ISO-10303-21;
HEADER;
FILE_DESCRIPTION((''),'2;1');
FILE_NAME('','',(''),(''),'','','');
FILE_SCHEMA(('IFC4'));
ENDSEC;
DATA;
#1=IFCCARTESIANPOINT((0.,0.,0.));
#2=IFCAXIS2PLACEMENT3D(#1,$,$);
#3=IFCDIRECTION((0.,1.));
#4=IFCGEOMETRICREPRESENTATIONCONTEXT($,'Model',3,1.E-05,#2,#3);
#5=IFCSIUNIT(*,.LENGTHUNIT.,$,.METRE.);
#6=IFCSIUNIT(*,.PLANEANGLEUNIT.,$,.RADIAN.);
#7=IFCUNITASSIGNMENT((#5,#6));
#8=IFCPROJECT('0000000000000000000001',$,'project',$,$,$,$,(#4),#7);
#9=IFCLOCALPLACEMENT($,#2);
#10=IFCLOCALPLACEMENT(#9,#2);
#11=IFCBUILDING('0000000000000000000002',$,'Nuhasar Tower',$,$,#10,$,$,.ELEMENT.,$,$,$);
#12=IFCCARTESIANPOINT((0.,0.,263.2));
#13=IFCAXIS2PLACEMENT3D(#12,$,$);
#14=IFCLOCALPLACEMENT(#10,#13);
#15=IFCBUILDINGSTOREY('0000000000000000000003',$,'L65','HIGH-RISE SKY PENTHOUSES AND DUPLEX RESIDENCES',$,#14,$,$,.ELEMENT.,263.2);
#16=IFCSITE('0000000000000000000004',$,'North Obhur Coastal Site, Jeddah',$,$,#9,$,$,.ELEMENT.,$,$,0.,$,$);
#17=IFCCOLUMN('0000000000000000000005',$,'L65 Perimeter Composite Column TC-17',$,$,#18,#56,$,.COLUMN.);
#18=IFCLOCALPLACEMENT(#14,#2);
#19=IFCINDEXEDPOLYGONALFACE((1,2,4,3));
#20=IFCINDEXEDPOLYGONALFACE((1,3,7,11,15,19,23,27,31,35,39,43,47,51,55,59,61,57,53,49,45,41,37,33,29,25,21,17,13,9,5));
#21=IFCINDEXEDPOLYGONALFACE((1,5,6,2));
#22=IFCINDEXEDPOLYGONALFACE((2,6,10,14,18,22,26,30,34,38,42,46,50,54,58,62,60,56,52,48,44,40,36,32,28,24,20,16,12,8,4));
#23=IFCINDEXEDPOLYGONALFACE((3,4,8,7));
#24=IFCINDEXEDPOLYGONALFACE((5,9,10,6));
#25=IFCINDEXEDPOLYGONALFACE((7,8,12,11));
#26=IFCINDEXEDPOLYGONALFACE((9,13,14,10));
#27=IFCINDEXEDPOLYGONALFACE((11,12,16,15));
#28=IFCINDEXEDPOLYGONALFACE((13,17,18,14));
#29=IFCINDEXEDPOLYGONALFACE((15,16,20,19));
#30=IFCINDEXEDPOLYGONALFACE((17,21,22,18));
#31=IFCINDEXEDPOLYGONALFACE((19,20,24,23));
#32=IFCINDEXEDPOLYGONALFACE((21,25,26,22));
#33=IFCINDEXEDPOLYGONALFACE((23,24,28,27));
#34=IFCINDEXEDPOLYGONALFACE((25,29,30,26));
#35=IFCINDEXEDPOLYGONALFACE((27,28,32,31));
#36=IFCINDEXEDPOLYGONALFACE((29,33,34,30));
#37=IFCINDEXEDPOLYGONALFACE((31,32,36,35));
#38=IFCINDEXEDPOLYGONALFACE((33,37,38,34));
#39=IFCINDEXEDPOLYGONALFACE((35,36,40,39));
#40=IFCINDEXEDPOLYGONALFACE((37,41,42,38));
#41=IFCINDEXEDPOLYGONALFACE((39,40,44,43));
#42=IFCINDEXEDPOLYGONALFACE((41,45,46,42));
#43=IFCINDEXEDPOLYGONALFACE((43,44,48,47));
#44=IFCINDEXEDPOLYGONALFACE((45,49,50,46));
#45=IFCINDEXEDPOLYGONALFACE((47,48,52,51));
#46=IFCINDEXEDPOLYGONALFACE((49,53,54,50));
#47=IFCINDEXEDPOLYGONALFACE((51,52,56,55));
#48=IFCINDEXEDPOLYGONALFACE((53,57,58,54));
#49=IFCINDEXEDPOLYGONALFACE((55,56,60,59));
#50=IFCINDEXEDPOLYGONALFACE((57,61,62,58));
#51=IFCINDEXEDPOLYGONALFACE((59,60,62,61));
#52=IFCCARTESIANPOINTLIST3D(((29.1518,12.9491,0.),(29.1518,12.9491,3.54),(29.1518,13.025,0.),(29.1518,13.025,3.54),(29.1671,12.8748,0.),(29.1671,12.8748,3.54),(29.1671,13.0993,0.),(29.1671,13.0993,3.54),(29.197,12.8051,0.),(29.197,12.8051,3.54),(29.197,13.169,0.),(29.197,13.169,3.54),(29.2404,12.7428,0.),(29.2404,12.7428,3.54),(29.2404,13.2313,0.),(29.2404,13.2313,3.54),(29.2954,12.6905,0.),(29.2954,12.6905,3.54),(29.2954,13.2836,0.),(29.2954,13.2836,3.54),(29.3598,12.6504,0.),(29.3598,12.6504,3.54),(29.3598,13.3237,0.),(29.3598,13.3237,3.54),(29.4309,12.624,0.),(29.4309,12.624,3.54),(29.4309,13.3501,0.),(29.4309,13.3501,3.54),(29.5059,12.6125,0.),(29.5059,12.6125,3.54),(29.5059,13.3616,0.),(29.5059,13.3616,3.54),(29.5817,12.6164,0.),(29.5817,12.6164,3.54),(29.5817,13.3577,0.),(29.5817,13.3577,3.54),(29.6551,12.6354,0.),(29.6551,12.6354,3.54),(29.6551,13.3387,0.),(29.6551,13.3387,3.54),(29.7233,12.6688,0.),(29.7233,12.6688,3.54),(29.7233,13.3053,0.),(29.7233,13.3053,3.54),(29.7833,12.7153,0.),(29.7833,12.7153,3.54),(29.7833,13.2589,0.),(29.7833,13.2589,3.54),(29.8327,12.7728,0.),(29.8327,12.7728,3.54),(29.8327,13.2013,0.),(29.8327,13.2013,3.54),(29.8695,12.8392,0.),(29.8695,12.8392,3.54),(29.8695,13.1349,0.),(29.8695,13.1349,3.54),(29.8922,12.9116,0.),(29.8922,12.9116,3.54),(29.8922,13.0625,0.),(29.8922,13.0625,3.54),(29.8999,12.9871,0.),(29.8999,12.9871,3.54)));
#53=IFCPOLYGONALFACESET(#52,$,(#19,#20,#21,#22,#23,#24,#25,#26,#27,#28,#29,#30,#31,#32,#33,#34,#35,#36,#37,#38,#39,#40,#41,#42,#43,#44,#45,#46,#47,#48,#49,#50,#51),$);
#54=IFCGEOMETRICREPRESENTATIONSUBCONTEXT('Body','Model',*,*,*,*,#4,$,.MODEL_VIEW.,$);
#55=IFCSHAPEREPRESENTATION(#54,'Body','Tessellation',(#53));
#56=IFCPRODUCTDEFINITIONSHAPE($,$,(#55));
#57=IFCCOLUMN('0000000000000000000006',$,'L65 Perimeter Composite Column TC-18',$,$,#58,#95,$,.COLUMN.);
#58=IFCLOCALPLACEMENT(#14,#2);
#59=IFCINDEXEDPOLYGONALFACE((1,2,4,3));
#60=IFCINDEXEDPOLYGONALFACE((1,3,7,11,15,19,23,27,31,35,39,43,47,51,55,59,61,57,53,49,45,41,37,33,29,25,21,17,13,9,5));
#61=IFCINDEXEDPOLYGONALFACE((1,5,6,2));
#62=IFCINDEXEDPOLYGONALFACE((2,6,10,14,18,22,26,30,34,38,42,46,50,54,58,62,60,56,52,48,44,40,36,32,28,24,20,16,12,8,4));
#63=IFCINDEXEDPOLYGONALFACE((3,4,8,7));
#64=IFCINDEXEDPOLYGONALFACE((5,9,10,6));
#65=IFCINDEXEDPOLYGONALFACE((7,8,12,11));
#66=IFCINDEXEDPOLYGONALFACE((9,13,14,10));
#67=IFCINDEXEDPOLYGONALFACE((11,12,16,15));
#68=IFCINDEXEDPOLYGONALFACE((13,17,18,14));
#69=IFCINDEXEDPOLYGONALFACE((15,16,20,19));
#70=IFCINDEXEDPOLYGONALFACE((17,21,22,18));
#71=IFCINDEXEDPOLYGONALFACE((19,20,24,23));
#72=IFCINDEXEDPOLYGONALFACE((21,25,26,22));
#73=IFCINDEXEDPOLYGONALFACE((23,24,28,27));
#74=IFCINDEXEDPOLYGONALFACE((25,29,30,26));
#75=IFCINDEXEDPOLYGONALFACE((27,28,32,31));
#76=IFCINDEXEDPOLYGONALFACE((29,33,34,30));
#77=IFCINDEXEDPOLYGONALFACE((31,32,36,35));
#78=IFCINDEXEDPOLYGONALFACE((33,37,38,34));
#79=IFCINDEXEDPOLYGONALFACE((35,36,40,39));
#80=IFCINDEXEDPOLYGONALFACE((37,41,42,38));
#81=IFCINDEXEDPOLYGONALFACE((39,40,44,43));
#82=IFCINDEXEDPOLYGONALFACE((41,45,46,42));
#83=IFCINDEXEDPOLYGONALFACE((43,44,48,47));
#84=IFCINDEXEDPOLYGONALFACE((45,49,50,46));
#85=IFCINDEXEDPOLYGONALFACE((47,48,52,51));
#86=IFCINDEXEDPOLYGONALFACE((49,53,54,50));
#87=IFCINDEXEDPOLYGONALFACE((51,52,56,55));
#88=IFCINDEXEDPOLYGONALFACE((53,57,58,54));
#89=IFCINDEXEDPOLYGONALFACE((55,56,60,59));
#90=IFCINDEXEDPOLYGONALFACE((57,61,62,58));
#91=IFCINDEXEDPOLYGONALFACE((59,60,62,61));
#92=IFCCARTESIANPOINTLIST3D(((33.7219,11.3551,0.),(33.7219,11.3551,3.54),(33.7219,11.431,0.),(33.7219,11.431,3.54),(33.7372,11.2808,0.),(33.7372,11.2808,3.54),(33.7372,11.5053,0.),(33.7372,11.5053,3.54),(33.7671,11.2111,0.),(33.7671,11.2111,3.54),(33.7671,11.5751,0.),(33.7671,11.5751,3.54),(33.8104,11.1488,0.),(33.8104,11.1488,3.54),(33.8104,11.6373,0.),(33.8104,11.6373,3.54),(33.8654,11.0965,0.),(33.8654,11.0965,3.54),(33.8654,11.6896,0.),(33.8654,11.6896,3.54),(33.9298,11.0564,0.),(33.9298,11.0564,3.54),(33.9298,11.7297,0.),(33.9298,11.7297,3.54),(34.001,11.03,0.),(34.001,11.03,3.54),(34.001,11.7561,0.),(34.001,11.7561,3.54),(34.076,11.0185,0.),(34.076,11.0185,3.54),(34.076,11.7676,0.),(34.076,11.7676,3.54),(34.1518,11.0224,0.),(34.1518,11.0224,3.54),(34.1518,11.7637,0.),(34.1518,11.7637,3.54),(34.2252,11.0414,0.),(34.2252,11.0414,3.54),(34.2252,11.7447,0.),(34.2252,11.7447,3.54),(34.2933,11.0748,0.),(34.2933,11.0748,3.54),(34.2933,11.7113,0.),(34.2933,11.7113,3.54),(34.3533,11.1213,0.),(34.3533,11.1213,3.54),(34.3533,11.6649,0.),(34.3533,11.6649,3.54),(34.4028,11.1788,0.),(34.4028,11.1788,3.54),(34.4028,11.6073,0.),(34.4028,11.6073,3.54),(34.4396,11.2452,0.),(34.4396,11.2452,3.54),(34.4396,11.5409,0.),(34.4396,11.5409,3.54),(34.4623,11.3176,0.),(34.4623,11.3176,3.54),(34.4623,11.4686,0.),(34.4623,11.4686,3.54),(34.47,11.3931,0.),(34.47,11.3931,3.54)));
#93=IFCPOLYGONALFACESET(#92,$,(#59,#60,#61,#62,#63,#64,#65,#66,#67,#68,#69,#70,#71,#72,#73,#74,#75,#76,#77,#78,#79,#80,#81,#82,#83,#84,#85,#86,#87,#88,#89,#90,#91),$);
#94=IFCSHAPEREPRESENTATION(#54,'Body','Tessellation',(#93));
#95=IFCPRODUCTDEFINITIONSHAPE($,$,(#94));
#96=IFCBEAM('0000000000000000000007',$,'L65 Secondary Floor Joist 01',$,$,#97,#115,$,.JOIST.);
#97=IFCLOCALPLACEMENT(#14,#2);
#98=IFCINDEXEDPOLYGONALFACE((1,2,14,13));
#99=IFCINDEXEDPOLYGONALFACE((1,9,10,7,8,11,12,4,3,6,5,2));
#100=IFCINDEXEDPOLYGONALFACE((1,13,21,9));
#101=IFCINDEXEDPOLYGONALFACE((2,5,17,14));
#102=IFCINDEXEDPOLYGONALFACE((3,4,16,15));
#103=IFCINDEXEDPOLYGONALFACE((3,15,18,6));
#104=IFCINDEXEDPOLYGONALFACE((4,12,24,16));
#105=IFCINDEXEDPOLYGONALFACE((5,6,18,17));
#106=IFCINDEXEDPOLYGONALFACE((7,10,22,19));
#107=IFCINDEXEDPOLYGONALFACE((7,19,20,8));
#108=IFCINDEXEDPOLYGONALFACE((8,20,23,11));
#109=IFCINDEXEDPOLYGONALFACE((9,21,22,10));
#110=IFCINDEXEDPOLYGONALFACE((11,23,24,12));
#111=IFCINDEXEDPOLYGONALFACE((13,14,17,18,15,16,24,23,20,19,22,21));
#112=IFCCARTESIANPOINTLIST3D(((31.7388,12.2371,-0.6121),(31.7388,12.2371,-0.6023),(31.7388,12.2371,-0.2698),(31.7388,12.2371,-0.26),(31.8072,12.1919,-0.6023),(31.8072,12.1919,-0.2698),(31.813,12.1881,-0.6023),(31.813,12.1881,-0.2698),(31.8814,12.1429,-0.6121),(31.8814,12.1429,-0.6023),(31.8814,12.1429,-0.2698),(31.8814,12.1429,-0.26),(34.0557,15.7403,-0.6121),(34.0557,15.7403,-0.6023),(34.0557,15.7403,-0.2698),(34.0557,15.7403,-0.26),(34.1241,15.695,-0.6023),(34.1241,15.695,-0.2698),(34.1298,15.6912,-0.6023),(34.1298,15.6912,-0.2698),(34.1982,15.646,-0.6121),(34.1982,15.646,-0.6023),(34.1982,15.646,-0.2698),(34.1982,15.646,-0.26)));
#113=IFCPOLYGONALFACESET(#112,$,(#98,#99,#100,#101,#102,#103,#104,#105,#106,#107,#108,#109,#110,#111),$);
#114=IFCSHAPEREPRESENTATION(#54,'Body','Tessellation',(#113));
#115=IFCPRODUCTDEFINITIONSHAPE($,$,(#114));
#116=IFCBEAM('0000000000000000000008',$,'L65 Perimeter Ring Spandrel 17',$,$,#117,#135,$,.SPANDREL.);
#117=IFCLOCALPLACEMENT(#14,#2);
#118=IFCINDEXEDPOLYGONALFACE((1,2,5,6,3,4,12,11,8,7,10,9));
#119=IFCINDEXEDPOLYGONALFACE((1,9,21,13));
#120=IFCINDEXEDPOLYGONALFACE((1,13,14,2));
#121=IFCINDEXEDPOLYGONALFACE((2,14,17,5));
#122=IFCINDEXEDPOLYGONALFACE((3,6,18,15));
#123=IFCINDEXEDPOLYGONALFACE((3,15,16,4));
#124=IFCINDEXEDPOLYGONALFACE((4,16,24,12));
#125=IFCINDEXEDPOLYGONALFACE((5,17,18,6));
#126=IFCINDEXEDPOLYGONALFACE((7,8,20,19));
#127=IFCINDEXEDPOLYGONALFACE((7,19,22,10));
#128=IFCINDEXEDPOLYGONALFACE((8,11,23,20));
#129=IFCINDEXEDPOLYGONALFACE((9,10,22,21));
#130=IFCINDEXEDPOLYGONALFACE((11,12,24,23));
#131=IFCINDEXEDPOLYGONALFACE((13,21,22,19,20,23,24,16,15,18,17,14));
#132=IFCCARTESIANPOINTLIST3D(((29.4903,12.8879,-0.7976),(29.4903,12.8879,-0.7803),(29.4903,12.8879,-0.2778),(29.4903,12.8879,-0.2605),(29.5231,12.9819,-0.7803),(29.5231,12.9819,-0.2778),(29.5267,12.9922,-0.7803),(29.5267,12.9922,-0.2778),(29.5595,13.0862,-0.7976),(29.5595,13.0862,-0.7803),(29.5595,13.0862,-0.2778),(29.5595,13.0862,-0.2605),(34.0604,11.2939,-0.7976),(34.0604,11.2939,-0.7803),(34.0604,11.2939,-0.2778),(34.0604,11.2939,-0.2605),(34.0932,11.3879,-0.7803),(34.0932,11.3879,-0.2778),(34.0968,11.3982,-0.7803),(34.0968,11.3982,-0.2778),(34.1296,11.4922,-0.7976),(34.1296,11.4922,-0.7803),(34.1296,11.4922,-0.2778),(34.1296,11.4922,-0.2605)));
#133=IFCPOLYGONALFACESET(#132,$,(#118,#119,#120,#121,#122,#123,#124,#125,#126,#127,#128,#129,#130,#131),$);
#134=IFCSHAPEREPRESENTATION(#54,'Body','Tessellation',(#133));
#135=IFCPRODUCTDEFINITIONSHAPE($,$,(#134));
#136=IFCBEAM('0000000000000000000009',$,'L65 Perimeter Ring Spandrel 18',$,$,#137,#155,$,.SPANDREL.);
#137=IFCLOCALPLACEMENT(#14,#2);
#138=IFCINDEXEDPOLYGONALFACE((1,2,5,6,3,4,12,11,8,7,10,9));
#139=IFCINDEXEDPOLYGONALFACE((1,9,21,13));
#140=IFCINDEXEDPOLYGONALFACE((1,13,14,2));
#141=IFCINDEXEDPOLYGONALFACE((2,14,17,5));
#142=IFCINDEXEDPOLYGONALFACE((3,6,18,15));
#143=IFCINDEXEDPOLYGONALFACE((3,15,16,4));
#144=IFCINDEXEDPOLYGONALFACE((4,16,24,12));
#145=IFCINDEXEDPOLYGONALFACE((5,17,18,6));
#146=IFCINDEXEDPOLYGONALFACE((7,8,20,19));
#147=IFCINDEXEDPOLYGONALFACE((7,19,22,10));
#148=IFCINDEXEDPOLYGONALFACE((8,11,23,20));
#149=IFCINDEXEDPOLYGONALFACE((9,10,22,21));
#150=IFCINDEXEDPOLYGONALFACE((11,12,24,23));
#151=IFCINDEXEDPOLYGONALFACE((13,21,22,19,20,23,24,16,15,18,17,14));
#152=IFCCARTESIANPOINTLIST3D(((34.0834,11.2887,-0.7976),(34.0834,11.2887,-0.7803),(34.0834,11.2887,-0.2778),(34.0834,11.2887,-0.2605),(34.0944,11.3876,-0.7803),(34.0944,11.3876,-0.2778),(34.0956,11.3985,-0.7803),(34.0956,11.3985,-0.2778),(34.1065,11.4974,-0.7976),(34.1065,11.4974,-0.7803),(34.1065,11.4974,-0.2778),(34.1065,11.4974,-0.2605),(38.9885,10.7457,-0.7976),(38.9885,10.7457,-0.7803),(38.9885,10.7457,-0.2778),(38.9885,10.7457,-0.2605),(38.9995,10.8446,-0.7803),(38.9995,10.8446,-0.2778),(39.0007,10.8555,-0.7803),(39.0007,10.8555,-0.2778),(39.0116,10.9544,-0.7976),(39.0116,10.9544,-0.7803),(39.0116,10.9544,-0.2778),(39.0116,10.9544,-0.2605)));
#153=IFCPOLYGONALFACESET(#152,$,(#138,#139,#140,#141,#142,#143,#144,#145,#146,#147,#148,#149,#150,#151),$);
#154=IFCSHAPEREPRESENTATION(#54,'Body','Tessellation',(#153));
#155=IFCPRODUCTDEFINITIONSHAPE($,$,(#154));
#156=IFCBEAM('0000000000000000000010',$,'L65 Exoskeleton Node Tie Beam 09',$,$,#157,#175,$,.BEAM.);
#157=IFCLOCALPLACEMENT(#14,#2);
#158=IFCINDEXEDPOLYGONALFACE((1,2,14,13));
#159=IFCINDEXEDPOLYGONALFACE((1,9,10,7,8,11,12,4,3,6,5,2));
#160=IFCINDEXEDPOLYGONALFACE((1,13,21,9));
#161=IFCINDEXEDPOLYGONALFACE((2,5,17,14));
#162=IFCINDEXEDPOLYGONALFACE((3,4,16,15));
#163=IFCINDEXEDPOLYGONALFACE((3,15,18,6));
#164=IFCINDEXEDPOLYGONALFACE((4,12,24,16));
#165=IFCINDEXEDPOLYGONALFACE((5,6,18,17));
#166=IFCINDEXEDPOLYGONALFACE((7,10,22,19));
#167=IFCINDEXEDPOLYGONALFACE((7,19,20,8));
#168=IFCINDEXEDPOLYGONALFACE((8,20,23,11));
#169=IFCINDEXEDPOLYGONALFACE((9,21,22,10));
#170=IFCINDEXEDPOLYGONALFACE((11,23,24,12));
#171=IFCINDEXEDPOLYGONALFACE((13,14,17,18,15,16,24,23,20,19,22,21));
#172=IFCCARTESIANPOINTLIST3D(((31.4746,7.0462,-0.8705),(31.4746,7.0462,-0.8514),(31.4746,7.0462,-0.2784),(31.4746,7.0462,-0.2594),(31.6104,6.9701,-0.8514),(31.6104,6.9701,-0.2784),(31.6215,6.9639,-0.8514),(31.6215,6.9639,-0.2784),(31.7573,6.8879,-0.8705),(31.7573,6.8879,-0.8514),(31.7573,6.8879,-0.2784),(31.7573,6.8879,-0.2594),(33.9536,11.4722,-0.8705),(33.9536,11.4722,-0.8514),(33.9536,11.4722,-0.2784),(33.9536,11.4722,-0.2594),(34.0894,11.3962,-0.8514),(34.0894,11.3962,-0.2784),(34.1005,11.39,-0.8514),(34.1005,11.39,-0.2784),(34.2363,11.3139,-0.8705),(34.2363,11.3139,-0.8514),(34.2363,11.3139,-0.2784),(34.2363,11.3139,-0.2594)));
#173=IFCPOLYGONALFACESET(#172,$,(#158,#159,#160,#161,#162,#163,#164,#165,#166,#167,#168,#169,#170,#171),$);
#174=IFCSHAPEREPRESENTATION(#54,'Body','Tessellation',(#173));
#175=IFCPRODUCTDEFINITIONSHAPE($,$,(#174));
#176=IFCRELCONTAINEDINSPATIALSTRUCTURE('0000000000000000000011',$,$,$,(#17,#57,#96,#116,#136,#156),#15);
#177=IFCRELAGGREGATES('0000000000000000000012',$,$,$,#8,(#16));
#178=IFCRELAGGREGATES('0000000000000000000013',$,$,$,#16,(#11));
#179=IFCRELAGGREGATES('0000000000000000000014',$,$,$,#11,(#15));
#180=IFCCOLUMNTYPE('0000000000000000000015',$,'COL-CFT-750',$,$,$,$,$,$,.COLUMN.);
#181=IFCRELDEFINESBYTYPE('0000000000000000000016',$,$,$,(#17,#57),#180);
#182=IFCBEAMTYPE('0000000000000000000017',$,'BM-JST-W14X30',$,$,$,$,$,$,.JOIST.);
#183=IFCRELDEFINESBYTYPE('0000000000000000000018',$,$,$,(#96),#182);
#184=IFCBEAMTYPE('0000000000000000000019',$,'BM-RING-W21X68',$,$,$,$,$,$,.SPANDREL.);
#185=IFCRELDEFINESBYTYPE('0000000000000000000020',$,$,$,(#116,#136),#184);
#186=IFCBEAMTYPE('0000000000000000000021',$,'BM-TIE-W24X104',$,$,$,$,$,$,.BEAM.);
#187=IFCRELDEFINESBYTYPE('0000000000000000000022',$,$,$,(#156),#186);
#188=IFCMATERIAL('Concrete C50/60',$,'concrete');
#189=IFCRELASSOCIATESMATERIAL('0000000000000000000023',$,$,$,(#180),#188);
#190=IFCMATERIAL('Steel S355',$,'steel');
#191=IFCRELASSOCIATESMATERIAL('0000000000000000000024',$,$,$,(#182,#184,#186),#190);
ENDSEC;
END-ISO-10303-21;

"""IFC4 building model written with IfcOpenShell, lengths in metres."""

from ifc_helpers import new_model, si_unit, direction, frame, origin, origin_2d, place, context, subcontext, project, spatial, circle, i_section, extrude, material, material_profile, profile_set, type_object, element, save


model = new_model("IFC4")

# Units and contexts
model_context = context("Model", 3, precision=1e-05, world=origin(), true_north=direction((0.0, 1.0)))
body_context = subcontext(model_context, "Body", "Model", "MODEL_VIEW")
ifc_project = project(units=[si_unit("LENGTHUNIT", "METRE"), si_unit("PLANEANGLEUNIT", "RADIAN")], contexts=[model_context])

# Site, building, storey
site_placement = place(None, origin())
site = spatial("IfcSite", under=ifc_project, at=site_placement, Name="North Obhur Coastal Site, Jeddah", CompositionType="ELEMENT", RefElevation=0.0)
building_placement = place(site_placement, origin())
building = spatial("IfcBuilding", under=site, at=building_placement, Name="Nuhasar Tower", CompositionType="ELEMENT")
storey_placement = place(building_placement, frame((0.0, 0.0, 263.2)))
storey = spatial("IfcBuildingStorey", under=building, at=storey_placement, Name="L65", Description="HIGH-RISE SKY PENTHOUSES AND DUPLEX RESIDENCES", CompositionType="ELEMENT", Elevation=263.2)

# Columns
ifc_material_1 = material(Name="Concrete C50/60", Category="concrete")
ifc_material_profile_1 = material_profile(ifc_material_1, circle(Radius=0.375, at=origin_2d()), Name="CFT750")
ifc_profile_set_1 = profile_set([ifc_material_profile_1], Name="Concrete C50/60")
column_type = type_object("IfcColumnType", Name="COL-CFT-750", PredefinedType="COLUMN", material=ifc_profile_set_1)
for number, where, z_axis, x_axis, name in (
    (1, (29.5249, 12.9871, 0.0), (0.0, 0.0, 1.0), (1.0, 0.0, 0.0), "L65 Perimeter Composite Column TC-17"),
    (2, (34.095, 11.3931, 0.0), (0.0, 0.0, 1.0), (1.0, 0.0, 0.0), "L65 Perimeter Composite Column TC-18"),
):
    element("IfcColumn", number, at=place(storey_placement, frame(where, z_axis=z_axis, x_axis=x_axis)), inside=storey, type_object=column_type, Name=name, PredefinedType="COLUMN", context=body_context, shape_type="SweptSolid", body=[
        extrude(circle(Radius=0.375, at=origin_2d()), origin(), (0.0, 0.0, 1.0), 3.54),
    ])

# Beams
ifc_material_2 = material(Name="Steel S355", Category="steel")
ifc_material_profile_2 = material_profile(ifc_material_2, i_section(OverallWidth=0.1709, OverallDepth=0.3521, WebThickness=0.0068, FlangeThickness=0.0098, at=origin_2d()), Name="W14X30")
ifc_profile_set_2 = profile_set([ifc_material_profile_2], Name="Steel S355")
beam_type_1 = type_object("IfcBeamType", Name="BM-JST-W14X30", PredefinedType="JOIST", material=ifc_profile_set_2)
beam_1_placement = place(storey_placement, frame((34.127, 15.6931, -0.436), z_axis=(-0.551638, -0.834084, 0.0), x_axis=(0.834084, -0.551638, 0.0)))
element("IfcBeam", 3, at=beam_1_placement, inside=storey, type_object=beam_type_1, Name="L65 Secondary Floor Joist 01", PredefinedType="JOIST", context=body_context, shape_type="SweptSolid", body=[
    extrude(i_section(OverallWidth=0.1709, OverallDepth=0.3521, WebThickness=0.0068, FlangeThickness=0.0098, at=origin_2d()), origin(), (0.0, 0.0, 1.0), 4.2),
])
ifc_material_profile_3 = material_profile(ifc_material_2, i_section(OverallWidth=0.21, OverallDepth=0.5371, WebThickness=0.011, FlangeThickness=0.0173, at=origin_2d()), Name="W21X68")
ifc_profile_set_3 = profile_set([ifc_material_profile_3], Name="Steel S355")
beam_type_2 = type_object("IfcBeamType", Name="BM-RING-W21X68", PredefinedType="SPANDREL", material=ifc_profile_set_3)
beam_2_placement = place(storey_placement, frame((29.5249, 12.9871, -0.5291), z_axis=(0.944214, -0.329332, 0.0), x_axis=(0.329332, 0.944214, 0.0)))
element("IfcBeam", 4, at=beam_2_placement, inside=storey, type_object=beam_type_2, Name="L65 Perimeter Ring Spandrel 17", PredefinedType="SPANDREL", context=body_context, shape_type="SweptSolid", body=[
    extrude(i_section(OverallWidth=0.21, OverallDepth=0.5371, WebThickness=0.011, FlangeThickness=0.0173, at=origin_2d()), origin(), (0.0, 0.0, 1.0), 4.8401),
])
beam_3_placement = place(storey_placement, frame((34.095, 11.3931, -0.5291), z_axis=(0.993929, -0.110024, 0.0), x_axis=(0.110024, 0.993929, 0.0)))
element("IfcBeam", 5, at=beam_3_placement, inside=storey, type_object=beam_type_2, Name="L65 Perimeter Ring Spandrel 18", PredefinedType="SPANDREL", context=body_context, shape_type="SweptSolid", body=[
    extrude(i_section(OverallWidth=0.21, OverallDepth=0.5371, WebThickness=0.011, FlangeThickness=0.0173, at=origin_2d()), origin(), (0.0, 0.0, 1.0), 4.9351),
])
ifc_material_profile_4 = material_profile(ifc_material_2, i_section(OverallWidth=0.324, OverallDepth=0.6111, WebThickness=0.0127, FlangeThickness=0.019, at=origin_2d()), Name="W24X104")
ifc_profile_set_4 = profile_set([ifc_material_profile_4], Name="Steel S355")
beam_type_3 = type_object("IfcBeamType", Name="BM-TIE-W24X104", PredefinedType="BEAM", material=ifc_profile_set_4)
beam_4_placement = place(storey_placement, frame((34.095, 11.3931, -0.5649), z_axis=(-0.488668, -0.87247, 0.0), x_axis=(0.87247, -0.488668, 0.0)))
element("IfcBeam", 6, at=beam_4_placement, inside=storey, type_object=beam_type_3, Name="L65 Exoskeleton Node Tie Beam 09", PredefinedType="BEAM", context=body_context, shape_type="SweptSolid", body=[
    extrude(i_section(OverallWidth=0.324, OverallDepth=0.6111, WebThickness=0.0127, FlangeThickness=0.019, at=origin_2d()), origin(), (0.0, 0.0, 1.0), 5.073),
])

save(model, "model.ifc")
